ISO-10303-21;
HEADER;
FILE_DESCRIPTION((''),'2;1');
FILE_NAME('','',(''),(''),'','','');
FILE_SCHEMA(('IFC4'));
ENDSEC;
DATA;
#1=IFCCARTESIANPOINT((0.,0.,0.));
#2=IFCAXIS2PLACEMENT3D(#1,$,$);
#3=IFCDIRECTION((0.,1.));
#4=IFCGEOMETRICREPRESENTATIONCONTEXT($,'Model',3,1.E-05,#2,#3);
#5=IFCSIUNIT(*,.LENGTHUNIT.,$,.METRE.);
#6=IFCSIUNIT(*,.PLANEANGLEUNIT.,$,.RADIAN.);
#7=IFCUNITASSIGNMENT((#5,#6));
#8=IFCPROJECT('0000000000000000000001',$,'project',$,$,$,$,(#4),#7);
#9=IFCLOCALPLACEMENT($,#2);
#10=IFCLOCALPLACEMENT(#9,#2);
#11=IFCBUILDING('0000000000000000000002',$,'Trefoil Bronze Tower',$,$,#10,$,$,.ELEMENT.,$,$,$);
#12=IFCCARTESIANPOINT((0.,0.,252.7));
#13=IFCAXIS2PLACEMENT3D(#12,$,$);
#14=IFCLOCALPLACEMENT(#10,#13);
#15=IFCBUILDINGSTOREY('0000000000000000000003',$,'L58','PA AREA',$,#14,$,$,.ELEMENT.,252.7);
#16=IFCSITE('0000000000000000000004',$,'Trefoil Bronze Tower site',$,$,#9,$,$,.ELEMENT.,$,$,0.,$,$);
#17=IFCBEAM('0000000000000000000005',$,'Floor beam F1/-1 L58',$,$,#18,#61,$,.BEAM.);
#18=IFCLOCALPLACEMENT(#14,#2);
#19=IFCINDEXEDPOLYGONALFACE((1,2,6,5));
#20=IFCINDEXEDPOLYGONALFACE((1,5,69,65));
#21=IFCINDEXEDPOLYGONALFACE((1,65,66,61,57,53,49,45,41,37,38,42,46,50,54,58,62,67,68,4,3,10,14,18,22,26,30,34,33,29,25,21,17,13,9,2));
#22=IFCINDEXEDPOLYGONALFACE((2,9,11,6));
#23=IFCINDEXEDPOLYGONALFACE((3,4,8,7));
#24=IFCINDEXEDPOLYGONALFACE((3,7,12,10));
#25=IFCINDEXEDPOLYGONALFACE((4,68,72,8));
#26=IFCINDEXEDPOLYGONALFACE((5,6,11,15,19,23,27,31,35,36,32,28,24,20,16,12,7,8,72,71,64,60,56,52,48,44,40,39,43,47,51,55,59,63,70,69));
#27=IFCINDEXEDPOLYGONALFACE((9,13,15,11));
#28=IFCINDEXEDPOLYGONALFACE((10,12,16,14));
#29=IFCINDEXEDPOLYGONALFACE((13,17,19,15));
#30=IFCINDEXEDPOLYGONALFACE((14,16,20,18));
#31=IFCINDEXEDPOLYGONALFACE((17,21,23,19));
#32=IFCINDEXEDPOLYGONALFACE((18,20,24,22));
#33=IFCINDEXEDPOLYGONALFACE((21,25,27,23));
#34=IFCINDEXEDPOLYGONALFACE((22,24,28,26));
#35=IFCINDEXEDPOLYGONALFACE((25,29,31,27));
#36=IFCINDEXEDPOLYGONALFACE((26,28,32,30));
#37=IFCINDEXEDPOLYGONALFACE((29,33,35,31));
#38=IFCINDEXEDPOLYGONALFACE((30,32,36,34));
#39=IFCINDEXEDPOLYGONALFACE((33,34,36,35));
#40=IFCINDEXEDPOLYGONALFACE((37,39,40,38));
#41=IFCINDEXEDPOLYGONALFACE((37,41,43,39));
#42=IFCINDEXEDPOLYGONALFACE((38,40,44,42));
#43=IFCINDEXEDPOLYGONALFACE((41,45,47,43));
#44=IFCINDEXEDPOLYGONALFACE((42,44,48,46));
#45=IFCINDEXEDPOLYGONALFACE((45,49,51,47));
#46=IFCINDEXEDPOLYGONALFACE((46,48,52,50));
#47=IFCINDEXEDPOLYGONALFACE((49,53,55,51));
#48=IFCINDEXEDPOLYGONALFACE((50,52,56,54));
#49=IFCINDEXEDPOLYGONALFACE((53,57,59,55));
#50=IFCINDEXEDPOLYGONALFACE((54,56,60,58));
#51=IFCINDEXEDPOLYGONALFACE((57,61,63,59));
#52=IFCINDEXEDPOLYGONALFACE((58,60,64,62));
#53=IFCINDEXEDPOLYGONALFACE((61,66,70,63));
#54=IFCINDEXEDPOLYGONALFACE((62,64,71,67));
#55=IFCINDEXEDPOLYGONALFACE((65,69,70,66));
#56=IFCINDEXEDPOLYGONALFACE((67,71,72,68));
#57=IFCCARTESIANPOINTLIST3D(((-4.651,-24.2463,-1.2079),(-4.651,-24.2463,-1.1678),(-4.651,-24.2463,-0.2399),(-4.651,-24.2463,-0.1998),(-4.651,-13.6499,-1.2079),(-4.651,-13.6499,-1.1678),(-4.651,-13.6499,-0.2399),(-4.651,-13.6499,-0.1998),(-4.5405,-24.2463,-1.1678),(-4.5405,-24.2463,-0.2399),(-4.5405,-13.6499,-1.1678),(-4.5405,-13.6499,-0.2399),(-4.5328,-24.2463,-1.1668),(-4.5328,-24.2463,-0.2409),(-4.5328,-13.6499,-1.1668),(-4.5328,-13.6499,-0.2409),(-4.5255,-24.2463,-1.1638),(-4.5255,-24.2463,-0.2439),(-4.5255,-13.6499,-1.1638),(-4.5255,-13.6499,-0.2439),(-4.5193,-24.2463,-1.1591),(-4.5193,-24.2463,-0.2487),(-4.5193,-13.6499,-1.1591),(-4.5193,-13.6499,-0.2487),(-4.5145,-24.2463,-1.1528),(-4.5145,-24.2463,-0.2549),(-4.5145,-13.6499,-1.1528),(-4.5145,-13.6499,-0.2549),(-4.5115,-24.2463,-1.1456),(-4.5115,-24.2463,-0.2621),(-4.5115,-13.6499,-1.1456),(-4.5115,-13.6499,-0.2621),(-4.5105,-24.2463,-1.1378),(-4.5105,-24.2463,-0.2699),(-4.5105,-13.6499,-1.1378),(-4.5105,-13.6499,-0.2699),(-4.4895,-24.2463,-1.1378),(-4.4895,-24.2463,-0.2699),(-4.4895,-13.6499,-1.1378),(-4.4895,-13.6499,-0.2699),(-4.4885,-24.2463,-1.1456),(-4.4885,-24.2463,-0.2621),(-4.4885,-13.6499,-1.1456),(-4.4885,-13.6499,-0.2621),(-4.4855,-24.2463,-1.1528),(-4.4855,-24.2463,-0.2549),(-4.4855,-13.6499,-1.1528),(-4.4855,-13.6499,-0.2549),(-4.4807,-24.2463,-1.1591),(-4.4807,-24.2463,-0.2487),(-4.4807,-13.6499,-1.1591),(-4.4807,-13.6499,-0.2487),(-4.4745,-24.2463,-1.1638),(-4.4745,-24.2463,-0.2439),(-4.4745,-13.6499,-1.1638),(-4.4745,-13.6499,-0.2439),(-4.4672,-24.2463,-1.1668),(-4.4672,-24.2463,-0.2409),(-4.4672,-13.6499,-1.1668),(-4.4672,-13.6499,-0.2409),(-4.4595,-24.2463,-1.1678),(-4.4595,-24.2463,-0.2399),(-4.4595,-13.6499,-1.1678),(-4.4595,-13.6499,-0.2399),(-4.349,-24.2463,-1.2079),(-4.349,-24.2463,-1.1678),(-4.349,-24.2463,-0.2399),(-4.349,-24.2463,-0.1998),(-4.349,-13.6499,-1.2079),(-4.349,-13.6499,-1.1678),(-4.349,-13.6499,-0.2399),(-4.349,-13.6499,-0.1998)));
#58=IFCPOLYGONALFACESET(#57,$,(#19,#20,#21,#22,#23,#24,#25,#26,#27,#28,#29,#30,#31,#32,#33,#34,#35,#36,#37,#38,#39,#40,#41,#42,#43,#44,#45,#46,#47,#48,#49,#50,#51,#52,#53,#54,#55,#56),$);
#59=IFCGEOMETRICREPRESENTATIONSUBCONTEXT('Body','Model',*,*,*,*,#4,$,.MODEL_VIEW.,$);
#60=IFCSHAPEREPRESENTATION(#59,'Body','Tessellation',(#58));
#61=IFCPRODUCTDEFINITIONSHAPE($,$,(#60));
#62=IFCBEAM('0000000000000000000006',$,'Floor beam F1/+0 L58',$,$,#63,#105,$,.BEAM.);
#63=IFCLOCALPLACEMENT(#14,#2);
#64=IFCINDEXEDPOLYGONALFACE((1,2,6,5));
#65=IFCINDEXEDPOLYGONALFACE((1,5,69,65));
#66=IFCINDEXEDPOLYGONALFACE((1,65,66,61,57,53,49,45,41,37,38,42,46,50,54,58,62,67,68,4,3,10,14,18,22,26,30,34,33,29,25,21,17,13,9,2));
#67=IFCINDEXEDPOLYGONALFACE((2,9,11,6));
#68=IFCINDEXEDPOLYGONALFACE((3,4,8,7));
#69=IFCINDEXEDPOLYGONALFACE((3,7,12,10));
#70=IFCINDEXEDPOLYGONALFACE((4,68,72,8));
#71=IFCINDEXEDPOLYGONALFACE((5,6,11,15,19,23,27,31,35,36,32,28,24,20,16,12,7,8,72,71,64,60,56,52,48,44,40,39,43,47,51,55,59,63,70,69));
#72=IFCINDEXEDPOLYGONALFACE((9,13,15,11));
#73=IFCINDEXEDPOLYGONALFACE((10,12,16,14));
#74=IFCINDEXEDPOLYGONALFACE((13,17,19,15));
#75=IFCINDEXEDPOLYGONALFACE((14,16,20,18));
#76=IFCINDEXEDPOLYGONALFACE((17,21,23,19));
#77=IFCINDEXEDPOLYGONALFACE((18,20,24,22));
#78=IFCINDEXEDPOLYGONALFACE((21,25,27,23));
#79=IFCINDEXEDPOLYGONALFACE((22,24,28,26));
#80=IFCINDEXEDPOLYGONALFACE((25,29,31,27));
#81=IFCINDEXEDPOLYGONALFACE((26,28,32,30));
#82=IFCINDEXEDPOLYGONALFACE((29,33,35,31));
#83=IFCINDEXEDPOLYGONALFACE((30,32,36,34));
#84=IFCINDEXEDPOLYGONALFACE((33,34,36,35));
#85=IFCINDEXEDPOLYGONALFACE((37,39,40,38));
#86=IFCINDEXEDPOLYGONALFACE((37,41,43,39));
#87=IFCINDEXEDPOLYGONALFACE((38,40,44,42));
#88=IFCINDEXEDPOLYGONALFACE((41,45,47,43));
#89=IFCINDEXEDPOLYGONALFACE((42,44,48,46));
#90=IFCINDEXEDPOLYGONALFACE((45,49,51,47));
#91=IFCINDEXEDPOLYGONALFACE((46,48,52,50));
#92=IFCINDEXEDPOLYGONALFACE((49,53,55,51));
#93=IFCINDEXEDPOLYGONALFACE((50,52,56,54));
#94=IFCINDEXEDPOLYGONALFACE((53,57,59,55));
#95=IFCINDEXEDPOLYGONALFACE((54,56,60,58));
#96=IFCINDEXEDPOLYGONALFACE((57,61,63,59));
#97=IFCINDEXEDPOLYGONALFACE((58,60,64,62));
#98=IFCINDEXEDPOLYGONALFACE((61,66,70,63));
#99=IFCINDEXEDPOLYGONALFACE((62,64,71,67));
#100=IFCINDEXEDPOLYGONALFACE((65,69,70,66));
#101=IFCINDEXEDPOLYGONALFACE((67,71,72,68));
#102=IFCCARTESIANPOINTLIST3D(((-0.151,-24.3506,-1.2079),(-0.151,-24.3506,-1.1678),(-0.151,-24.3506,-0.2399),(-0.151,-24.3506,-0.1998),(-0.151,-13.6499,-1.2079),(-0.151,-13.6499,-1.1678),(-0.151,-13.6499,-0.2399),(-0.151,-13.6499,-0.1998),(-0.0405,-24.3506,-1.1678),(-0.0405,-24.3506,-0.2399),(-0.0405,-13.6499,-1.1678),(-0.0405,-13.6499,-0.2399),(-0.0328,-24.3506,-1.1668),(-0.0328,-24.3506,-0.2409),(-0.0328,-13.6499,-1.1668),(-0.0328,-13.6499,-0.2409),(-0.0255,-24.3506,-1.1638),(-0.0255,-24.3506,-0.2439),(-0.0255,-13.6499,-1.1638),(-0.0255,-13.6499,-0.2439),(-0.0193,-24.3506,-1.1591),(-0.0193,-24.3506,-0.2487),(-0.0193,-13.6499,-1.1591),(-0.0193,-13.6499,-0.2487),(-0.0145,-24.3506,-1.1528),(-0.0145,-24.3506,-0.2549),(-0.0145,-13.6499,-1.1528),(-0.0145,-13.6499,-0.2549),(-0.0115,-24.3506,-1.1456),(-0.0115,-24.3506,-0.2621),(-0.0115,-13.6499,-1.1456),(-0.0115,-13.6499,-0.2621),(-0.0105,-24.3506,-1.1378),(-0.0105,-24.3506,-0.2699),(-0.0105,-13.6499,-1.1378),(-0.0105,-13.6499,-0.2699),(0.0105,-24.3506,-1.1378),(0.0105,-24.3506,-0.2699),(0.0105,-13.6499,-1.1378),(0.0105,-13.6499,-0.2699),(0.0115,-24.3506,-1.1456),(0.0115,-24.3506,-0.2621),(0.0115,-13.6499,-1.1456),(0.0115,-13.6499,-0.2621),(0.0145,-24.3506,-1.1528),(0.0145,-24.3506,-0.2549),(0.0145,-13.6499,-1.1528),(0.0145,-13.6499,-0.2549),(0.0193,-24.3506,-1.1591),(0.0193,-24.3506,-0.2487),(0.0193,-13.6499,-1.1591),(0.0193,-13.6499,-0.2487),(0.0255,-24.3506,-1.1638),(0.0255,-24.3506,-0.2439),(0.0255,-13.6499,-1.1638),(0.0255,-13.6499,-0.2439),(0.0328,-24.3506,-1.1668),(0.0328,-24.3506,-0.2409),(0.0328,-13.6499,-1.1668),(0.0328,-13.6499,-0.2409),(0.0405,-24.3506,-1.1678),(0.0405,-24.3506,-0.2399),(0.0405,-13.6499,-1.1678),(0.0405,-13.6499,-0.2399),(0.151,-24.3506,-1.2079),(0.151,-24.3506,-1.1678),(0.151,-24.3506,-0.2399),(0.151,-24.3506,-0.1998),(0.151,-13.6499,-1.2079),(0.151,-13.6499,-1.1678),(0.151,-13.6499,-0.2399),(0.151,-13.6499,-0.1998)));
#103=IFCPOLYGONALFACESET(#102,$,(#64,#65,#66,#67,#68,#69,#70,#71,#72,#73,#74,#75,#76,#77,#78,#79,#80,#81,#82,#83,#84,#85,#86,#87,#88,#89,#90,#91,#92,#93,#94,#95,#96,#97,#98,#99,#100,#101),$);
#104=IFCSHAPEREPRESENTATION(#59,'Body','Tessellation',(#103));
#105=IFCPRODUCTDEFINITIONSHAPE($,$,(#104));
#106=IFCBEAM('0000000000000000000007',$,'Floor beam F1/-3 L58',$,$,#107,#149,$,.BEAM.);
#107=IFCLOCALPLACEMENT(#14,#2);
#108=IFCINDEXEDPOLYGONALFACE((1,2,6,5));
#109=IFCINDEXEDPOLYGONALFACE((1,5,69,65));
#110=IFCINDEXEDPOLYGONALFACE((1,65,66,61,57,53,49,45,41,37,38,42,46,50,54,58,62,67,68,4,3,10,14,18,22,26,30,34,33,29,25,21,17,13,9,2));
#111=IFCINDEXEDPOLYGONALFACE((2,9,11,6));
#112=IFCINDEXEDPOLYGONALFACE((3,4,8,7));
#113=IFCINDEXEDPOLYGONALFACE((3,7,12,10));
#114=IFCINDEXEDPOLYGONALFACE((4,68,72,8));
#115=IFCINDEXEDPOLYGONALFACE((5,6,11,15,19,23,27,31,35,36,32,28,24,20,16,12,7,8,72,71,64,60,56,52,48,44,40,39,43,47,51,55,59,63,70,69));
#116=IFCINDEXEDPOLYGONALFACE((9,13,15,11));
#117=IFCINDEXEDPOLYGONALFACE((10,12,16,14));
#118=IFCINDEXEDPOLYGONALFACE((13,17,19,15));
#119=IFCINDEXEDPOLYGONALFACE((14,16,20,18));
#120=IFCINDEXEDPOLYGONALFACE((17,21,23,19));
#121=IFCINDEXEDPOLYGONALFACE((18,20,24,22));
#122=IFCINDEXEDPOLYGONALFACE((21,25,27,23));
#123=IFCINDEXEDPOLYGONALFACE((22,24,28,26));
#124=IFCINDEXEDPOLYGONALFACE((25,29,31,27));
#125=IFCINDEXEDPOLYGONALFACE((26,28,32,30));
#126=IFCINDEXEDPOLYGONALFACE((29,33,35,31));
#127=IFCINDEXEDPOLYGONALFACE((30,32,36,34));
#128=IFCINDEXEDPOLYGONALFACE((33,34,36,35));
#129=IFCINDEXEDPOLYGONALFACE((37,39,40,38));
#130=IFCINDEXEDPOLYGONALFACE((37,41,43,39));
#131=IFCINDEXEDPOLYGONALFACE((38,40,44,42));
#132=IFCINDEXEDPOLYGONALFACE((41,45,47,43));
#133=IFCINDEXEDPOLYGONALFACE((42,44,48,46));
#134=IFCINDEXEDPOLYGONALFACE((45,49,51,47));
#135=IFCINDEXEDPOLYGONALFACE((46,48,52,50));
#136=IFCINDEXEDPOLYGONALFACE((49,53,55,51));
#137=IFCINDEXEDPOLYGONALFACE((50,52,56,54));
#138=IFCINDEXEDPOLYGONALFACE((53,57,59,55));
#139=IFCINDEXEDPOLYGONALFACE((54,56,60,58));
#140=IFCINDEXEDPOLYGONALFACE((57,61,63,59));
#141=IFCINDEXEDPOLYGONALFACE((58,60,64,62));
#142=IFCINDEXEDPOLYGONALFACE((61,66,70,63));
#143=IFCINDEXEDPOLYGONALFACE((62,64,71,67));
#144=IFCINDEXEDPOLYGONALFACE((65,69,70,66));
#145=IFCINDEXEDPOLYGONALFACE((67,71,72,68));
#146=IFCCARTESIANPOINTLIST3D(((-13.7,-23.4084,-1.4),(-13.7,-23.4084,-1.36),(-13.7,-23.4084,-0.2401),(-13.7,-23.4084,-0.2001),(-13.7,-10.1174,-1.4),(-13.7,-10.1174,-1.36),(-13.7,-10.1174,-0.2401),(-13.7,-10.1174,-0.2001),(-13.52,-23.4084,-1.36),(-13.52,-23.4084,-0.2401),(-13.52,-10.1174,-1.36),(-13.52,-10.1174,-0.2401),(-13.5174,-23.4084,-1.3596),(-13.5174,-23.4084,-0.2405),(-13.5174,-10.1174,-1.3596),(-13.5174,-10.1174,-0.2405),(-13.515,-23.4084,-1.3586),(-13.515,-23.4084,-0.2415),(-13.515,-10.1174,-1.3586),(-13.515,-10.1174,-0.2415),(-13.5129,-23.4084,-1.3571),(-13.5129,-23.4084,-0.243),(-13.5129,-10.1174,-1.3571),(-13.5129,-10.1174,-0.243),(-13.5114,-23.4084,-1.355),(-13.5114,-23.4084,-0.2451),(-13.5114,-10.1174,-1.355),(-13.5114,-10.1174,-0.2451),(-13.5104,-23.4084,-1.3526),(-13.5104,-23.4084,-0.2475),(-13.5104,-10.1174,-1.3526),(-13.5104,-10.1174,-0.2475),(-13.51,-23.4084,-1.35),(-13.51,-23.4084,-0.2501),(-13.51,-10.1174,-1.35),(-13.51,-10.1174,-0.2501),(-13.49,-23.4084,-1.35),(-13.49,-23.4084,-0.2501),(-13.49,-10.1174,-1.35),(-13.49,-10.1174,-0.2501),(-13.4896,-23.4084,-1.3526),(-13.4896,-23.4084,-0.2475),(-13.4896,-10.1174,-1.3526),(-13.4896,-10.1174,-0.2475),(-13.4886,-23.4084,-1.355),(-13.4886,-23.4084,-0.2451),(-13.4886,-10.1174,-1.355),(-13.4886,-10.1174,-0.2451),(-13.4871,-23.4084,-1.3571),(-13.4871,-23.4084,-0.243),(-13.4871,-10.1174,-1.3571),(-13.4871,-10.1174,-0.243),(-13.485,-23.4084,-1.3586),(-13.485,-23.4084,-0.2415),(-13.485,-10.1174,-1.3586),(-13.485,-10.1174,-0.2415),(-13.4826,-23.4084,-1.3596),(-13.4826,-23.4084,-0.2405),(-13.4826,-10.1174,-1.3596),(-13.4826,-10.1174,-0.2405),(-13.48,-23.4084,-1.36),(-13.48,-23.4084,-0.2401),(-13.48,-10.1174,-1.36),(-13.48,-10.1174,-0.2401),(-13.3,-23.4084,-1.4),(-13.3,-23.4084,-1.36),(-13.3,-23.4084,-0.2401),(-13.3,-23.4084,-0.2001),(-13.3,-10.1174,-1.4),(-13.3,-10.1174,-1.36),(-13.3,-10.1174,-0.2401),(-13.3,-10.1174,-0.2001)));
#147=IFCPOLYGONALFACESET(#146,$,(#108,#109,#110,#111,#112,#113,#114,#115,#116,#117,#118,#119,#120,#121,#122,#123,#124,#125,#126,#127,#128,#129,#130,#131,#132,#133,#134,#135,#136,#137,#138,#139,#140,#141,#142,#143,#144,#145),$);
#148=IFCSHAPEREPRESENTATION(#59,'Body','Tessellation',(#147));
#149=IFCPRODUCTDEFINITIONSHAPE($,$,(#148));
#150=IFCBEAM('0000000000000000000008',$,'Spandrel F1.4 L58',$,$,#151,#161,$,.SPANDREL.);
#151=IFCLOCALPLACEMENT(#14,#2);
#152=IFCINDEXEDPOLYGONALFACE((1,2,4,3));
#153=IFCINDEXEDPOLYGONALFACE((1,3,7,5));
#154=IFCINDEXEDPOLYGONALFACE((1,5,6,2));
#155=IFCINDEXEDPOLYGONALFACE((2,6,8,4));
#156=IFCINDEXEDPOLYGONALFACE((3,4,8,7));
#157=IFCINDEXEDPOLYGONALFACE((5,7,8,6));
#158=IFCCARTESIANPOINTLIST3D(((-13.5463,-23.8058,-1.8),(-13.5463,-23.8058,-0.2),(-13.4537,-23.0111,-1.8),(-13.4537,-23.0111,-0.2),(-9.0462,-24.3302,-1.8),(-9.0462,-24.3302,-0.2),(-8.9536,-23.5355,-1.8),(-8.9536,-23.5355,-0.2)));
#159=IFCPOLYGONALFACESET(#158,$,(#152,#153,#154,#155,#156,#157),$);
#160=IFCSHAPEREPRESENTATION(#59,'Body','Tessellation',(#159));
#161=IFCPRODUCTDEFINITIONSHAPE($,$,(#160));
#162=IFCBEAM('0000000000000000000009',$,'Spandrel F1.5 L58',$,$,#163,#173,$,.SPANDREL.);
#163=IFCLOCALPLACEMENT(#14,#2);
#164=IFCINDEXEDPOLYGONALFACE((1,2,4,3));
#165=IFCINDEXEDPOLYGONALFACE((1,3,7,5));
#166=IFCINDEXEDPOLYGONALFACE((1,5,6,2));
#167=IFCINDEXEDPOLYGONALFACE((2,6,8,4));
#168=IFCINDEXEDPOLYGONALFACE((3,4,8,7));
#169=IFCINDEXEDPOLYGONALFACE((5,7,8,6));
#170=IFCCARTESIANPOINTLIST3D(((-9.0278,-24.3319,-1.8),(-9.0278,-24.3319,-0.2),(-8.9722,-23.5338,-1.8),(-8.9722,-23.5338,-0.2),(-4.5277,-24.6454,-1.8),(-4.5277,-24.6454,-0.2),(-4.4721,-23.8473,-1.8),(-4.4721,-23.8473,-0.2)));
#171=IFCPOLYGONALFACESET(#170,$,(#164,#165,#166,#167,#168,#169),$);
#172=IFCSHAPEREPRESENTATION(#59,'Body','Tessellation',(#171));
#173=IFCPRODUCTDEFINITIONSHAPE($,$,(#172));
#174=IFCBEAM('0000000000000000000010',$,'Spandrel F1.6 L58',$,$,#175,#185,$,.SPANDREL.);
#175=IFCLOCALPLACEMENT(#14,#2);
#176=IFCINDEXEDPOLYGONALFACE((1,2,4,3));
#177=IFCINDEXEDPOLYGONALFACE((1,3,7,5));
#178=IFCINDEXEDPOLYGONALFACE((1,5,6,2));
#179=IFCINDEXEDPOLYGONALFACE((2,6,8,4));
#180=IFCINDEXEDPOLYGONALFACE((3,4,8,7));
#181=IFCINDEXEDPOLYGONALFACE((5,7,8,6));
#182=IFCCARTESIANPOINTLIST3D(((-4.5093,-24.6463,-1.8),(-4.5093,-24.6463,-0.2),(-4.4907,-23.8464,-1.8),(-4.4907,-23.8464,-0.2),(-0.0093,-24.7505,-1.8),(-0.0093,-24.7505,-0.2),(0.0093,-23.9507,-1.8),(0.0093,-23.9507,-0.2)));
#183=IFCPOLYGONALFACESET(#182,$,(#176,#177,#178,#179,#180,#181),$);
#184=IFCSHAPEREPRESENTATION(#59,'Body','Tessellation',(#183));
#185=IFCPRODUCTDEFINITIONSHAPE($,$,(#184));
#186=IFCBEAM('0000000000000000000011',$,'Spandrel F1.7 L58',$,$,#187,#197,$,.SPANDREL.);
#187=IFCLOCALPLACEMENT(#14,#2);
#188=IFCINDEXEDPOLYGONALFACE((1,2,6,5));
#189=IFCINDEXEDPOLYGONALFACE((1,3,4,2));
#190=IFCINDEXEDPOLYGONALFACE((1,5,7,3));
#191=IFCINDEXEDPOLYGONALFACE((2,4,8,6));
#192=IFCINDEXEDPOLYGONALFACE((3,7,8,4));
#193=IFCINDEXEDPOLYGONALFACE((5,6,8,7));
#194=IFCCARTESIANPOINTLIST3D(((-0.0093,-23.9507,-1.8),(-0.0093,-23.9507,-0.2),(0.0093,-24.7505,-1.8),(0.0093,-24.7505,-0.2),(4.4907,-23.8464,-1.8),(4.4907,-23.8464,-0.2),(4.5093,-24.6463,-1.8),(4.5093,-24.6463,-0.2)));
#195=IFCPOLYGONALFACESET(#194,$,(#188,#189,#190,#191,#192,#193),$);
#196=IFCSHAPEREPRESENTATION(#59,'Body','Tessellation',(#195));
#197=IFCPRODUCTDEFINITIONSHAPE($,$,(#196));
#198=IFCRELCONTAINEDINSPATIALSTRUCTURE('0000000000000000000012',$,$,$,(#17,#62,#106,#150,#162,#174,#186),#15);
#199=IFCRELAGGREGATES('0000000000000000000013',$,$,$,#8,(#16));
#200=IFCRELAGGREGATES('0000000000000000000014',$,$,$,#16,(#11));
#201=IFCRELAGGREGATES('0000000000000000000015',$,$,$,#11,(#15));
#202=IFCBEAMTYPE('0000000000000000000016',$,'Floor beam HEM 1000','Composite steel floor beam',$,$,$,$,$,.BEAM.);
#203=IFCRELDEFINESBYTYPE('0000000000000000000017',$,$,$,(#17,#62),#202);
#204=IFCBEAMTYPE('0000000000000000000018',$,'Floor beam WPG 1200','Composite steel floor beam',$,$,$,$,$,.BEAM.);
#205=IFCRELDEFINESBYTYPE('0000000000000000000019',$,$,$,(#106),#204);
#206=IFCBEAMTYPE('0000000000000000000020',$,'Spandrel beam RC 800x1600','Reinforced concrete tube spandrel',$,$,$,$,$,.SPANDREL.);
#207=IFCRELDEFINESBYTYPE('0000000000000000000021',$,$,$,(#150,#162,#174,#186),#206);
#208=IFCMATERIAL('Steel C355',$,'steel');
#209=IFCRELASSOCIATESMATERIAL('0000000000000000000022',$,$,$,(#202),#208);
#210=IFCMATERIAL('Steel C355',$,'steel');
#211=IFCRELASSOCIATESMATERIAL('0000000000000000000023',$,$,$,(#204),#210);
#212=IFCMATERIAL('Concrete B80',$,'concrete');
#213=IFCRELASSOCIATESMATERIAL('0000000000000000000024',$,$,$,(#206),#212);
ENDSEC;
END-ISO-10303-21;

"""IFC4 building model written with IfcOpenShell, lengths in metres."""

from ifc_helpers import new_model, si_unit, direction, frame, origin, origin_2d, place, context, subcontext, project, spatial, rectangle, i_section, extrude, material, material_profile, profile_set, type_object, element, save


model = new_model("IFC4")

# Units and contexts
model_context = context("Model", 3, precision=1e-05, world=origin(), true_north=direction((0.0, 1.0)))
body_context = subcontext(model_context, "Body", "Model", "MODEL_VIEW")
ifc_project = project(units=[si_unit("LENGTHUNIT", "METRE"), si_unit("PLANEANGLEUNIT", "RADIAN")], contexts=[model_context])

# Site, building, storey
site_placement = place(None, origin())
site = spatial("IfcSite", under=ifc_project, at=site_placement, Name="Trefoil Bronze Tower site", CompositionType="ELEMENT", RefElevation=0.0)
building_placement = place(site_placement, origin())
building = spatial("IfcBuilding", under=site, at=building_placement, Name="Trefoil Bronze Tower", CompositionType="ELEMENT")
storey_placement = place(building_placement, frame((0.0, 0.0, 252.7)))
storey = spatial("IfcBuildingStorey", under=building, at=storey_placement, Name="L58", Description="PA AREA", CompositionType="ELEMENT", Elevation=252.7)

# Beams
ifc_material_1 = material(Name="Steel C355", Category="steel")
ifc_material_profile_1 = material_profile(ifc_material_1, i_section(OverallWidth=0.302, OverallDepth=1.0081, WebThickness=0.021, FlangeThickness=0.04, FilletRadius=0.03, at=origin_2d()), Name="HEM 1000")
ifc_profile_set_1 = profile_set([ifc_material_profile_1], Name="Steel C355")
beam_type_1 = type_object("IfcBeamType", Name="Floor beam HEM 1000", Description="Composite steel floor beam", PredefinedType="BEAM", material=ifc_profile_set_1)
beam_1_placement = place(storey_placement, frame((-4.5, -24.2463, -0.7039), z_axis=(0.0, 1.0, 0.0), x_axis=(-1.0, 0.0, 0.0)))
element("IfcBeam", 1, at=beam_1_placement, inside=storey, type_object=beam_type_1, Name="Floor beam F1/-1 L58", PredefinedType="BEAM", context=body_context, shape_type="SweptSolid", body=[
    extrude(i_section(OverallWidth=0.302, OverallDepth=1.0081, WebThickness=0.021, FlangeThickness=0.04, FilletRadius=0.03, at=origin_2d()), origin(), (0.0, 0.0, 1.0), 10.5964),
])
beam_2_placement = place(storey_placement, frame((0.0, -24.3506, -0.7039), z_axis=(0.0, 1.0, 0.0), x_axis=(-1.0, 0.0, 0.0)))
element("IfcBeam", 2, at=beam_2_placement, inside=storey, type_object=beam_type_1, Name="Floor beam F1/+0 L58", PredefinedType="BEAM", context=body_context, shape_type="SweptSolid", body=[
    extrude(i_section(OverallWidth=0.302, OverallDepth=1.0081, WebThickness=0.021, FlangeThickness=0.04, FilletRadius=0.03, at=origin_2d()), origin(), (0.0, 0.0, 1.0), 10.7007),
])
ifc_material_2 = material(Name="Steel C355", Category="steel")
ifc_material_profile_2 = material_profile(ifc_material_2, i_section(OverallWidth=0.3999, OverallDepth=1.2, WebThickness=0.02, FlangeThickness=0.04, FilletRadius=0.01, at=origin_2d()), Name="WPG 1200")
ifc_profile_set_2 = profile_set([ifc_material_profile_2], Name="Steel C355")
beam_type_2 = type_object("IfcBeamType", Name="Floor beam WPG 1200", Description="Composite steel floor beam", PredefinedType="BEAM", material=ifc_profile_set_2)
beam_3_placement = place(storey_placement, frame((-13.5, -23.4084, -0.8), z_axis=(0.0, 1.0, 0.0), x_axis=(-1.0, 0.0, 0.0)))
element("IfcBeam", 3, at=beam_3_placement, inside=storey, type_object=beam_type_2, Name="Floor beam F1/-3 L58", PredefinedType="BEAM", context=body_context, shape_type="SweptSolid", body=[
    extrude(i_section(OverallWidth=0.3999, OverallDepth=1.2, WebThickness=0.02, FlangeThickness=0.04, FilletRadius=0.01, at=origin_2d()), origin(), (0.0, 0.0, 1.0), 13.291),
])
ifc_material_3 = material(Name="Concrete B80", Category="concrete")
ifc_material_profile_3 = material_profile(ifc_material_3, rectangle(XDim=0.8, YDim=1.6001, at=origin_2d()), Name="RC 800x1600")
ifc_profile_set_3 = profile_set([ifc_material_profile_3], Name="Concrete B80")
beam_type_3 = type_object("IfcBeamType", Name="Spandrel beam RC 800x1600", Description="Reinforced concrete tube spandrel", PredefinedType="SPANDREL", material=ifc_profile_set_3)
beam_4_placement = place(storey_placement, frame((-13.5, -23.4084, -1.0), z_axis=(0.993278, -0.115753, 0.0), x_axis=(0.115753, 0.993278, 0.0)))
element("IfcBeam", 4, at=beam_4_placement, inside=storey, type_object=beam_type_3, Name="Spandrel F1.4 L58", PredefinedType="SPANDREL", context=body_context, shape_type="SweptSolid", body=[
    extrude(rectangle(XDim=0.8, YDim=1.6001, at=origin_2d()), origin(), (0.0, 0.0, 1.0), 4.5305),
])
beam_5_placement = place(storey_placement, frame((-9.0, -23.9329, -1.0), z_axis=(0.997582, -0.069493, 0.0), x_axis=(0.069493, 0.997582, 0.0)))
element("IfcBeam", 5, at=beam_5_placement, inside=storey, type_object=beam_type_3, Name="Spandrel F1.5 L58", PredefinedType="SPANDREL", context=body_context, shape_type="SweptSolid", body=[
    extrude(rectangle(XDim=0.8, YDim=1.6001, at=origin_2d()), origin(), (0.0, 0.0, 1.0), 4.511),
])
for number, where, z_axis, x_axis, name in (
    (6, (-4.5, -24.2463, -1.0), (0.999732, -0.02316, 0.0), (0.02316, 0.999732, 0.0), "Spandrel F1.6 L58"),
    (7, (0.0, -24.3506, -1.0), (0.999732, 0.02316, 0.0), (-0.02316, 0.999732, 0.0), "Spandrel F1.7 L58"),
):
    element("IfcBeam", number, at=place(storey_placement, frame(where, z_axis=z_axis, x_axis=x_axis)), inside=storey, type_object=beam_type_3, Name=name, PredefinedType="SPANDREL", context=body_context, shape_type="SweptSolid", body=[
        extrude(rectangle(XDim=0.8, YDim=1.6001, at=origin_2d()), origin(), (0.0, 0.0, 1.0), 4.5012),
    ])

save(model, "model.ifc")
